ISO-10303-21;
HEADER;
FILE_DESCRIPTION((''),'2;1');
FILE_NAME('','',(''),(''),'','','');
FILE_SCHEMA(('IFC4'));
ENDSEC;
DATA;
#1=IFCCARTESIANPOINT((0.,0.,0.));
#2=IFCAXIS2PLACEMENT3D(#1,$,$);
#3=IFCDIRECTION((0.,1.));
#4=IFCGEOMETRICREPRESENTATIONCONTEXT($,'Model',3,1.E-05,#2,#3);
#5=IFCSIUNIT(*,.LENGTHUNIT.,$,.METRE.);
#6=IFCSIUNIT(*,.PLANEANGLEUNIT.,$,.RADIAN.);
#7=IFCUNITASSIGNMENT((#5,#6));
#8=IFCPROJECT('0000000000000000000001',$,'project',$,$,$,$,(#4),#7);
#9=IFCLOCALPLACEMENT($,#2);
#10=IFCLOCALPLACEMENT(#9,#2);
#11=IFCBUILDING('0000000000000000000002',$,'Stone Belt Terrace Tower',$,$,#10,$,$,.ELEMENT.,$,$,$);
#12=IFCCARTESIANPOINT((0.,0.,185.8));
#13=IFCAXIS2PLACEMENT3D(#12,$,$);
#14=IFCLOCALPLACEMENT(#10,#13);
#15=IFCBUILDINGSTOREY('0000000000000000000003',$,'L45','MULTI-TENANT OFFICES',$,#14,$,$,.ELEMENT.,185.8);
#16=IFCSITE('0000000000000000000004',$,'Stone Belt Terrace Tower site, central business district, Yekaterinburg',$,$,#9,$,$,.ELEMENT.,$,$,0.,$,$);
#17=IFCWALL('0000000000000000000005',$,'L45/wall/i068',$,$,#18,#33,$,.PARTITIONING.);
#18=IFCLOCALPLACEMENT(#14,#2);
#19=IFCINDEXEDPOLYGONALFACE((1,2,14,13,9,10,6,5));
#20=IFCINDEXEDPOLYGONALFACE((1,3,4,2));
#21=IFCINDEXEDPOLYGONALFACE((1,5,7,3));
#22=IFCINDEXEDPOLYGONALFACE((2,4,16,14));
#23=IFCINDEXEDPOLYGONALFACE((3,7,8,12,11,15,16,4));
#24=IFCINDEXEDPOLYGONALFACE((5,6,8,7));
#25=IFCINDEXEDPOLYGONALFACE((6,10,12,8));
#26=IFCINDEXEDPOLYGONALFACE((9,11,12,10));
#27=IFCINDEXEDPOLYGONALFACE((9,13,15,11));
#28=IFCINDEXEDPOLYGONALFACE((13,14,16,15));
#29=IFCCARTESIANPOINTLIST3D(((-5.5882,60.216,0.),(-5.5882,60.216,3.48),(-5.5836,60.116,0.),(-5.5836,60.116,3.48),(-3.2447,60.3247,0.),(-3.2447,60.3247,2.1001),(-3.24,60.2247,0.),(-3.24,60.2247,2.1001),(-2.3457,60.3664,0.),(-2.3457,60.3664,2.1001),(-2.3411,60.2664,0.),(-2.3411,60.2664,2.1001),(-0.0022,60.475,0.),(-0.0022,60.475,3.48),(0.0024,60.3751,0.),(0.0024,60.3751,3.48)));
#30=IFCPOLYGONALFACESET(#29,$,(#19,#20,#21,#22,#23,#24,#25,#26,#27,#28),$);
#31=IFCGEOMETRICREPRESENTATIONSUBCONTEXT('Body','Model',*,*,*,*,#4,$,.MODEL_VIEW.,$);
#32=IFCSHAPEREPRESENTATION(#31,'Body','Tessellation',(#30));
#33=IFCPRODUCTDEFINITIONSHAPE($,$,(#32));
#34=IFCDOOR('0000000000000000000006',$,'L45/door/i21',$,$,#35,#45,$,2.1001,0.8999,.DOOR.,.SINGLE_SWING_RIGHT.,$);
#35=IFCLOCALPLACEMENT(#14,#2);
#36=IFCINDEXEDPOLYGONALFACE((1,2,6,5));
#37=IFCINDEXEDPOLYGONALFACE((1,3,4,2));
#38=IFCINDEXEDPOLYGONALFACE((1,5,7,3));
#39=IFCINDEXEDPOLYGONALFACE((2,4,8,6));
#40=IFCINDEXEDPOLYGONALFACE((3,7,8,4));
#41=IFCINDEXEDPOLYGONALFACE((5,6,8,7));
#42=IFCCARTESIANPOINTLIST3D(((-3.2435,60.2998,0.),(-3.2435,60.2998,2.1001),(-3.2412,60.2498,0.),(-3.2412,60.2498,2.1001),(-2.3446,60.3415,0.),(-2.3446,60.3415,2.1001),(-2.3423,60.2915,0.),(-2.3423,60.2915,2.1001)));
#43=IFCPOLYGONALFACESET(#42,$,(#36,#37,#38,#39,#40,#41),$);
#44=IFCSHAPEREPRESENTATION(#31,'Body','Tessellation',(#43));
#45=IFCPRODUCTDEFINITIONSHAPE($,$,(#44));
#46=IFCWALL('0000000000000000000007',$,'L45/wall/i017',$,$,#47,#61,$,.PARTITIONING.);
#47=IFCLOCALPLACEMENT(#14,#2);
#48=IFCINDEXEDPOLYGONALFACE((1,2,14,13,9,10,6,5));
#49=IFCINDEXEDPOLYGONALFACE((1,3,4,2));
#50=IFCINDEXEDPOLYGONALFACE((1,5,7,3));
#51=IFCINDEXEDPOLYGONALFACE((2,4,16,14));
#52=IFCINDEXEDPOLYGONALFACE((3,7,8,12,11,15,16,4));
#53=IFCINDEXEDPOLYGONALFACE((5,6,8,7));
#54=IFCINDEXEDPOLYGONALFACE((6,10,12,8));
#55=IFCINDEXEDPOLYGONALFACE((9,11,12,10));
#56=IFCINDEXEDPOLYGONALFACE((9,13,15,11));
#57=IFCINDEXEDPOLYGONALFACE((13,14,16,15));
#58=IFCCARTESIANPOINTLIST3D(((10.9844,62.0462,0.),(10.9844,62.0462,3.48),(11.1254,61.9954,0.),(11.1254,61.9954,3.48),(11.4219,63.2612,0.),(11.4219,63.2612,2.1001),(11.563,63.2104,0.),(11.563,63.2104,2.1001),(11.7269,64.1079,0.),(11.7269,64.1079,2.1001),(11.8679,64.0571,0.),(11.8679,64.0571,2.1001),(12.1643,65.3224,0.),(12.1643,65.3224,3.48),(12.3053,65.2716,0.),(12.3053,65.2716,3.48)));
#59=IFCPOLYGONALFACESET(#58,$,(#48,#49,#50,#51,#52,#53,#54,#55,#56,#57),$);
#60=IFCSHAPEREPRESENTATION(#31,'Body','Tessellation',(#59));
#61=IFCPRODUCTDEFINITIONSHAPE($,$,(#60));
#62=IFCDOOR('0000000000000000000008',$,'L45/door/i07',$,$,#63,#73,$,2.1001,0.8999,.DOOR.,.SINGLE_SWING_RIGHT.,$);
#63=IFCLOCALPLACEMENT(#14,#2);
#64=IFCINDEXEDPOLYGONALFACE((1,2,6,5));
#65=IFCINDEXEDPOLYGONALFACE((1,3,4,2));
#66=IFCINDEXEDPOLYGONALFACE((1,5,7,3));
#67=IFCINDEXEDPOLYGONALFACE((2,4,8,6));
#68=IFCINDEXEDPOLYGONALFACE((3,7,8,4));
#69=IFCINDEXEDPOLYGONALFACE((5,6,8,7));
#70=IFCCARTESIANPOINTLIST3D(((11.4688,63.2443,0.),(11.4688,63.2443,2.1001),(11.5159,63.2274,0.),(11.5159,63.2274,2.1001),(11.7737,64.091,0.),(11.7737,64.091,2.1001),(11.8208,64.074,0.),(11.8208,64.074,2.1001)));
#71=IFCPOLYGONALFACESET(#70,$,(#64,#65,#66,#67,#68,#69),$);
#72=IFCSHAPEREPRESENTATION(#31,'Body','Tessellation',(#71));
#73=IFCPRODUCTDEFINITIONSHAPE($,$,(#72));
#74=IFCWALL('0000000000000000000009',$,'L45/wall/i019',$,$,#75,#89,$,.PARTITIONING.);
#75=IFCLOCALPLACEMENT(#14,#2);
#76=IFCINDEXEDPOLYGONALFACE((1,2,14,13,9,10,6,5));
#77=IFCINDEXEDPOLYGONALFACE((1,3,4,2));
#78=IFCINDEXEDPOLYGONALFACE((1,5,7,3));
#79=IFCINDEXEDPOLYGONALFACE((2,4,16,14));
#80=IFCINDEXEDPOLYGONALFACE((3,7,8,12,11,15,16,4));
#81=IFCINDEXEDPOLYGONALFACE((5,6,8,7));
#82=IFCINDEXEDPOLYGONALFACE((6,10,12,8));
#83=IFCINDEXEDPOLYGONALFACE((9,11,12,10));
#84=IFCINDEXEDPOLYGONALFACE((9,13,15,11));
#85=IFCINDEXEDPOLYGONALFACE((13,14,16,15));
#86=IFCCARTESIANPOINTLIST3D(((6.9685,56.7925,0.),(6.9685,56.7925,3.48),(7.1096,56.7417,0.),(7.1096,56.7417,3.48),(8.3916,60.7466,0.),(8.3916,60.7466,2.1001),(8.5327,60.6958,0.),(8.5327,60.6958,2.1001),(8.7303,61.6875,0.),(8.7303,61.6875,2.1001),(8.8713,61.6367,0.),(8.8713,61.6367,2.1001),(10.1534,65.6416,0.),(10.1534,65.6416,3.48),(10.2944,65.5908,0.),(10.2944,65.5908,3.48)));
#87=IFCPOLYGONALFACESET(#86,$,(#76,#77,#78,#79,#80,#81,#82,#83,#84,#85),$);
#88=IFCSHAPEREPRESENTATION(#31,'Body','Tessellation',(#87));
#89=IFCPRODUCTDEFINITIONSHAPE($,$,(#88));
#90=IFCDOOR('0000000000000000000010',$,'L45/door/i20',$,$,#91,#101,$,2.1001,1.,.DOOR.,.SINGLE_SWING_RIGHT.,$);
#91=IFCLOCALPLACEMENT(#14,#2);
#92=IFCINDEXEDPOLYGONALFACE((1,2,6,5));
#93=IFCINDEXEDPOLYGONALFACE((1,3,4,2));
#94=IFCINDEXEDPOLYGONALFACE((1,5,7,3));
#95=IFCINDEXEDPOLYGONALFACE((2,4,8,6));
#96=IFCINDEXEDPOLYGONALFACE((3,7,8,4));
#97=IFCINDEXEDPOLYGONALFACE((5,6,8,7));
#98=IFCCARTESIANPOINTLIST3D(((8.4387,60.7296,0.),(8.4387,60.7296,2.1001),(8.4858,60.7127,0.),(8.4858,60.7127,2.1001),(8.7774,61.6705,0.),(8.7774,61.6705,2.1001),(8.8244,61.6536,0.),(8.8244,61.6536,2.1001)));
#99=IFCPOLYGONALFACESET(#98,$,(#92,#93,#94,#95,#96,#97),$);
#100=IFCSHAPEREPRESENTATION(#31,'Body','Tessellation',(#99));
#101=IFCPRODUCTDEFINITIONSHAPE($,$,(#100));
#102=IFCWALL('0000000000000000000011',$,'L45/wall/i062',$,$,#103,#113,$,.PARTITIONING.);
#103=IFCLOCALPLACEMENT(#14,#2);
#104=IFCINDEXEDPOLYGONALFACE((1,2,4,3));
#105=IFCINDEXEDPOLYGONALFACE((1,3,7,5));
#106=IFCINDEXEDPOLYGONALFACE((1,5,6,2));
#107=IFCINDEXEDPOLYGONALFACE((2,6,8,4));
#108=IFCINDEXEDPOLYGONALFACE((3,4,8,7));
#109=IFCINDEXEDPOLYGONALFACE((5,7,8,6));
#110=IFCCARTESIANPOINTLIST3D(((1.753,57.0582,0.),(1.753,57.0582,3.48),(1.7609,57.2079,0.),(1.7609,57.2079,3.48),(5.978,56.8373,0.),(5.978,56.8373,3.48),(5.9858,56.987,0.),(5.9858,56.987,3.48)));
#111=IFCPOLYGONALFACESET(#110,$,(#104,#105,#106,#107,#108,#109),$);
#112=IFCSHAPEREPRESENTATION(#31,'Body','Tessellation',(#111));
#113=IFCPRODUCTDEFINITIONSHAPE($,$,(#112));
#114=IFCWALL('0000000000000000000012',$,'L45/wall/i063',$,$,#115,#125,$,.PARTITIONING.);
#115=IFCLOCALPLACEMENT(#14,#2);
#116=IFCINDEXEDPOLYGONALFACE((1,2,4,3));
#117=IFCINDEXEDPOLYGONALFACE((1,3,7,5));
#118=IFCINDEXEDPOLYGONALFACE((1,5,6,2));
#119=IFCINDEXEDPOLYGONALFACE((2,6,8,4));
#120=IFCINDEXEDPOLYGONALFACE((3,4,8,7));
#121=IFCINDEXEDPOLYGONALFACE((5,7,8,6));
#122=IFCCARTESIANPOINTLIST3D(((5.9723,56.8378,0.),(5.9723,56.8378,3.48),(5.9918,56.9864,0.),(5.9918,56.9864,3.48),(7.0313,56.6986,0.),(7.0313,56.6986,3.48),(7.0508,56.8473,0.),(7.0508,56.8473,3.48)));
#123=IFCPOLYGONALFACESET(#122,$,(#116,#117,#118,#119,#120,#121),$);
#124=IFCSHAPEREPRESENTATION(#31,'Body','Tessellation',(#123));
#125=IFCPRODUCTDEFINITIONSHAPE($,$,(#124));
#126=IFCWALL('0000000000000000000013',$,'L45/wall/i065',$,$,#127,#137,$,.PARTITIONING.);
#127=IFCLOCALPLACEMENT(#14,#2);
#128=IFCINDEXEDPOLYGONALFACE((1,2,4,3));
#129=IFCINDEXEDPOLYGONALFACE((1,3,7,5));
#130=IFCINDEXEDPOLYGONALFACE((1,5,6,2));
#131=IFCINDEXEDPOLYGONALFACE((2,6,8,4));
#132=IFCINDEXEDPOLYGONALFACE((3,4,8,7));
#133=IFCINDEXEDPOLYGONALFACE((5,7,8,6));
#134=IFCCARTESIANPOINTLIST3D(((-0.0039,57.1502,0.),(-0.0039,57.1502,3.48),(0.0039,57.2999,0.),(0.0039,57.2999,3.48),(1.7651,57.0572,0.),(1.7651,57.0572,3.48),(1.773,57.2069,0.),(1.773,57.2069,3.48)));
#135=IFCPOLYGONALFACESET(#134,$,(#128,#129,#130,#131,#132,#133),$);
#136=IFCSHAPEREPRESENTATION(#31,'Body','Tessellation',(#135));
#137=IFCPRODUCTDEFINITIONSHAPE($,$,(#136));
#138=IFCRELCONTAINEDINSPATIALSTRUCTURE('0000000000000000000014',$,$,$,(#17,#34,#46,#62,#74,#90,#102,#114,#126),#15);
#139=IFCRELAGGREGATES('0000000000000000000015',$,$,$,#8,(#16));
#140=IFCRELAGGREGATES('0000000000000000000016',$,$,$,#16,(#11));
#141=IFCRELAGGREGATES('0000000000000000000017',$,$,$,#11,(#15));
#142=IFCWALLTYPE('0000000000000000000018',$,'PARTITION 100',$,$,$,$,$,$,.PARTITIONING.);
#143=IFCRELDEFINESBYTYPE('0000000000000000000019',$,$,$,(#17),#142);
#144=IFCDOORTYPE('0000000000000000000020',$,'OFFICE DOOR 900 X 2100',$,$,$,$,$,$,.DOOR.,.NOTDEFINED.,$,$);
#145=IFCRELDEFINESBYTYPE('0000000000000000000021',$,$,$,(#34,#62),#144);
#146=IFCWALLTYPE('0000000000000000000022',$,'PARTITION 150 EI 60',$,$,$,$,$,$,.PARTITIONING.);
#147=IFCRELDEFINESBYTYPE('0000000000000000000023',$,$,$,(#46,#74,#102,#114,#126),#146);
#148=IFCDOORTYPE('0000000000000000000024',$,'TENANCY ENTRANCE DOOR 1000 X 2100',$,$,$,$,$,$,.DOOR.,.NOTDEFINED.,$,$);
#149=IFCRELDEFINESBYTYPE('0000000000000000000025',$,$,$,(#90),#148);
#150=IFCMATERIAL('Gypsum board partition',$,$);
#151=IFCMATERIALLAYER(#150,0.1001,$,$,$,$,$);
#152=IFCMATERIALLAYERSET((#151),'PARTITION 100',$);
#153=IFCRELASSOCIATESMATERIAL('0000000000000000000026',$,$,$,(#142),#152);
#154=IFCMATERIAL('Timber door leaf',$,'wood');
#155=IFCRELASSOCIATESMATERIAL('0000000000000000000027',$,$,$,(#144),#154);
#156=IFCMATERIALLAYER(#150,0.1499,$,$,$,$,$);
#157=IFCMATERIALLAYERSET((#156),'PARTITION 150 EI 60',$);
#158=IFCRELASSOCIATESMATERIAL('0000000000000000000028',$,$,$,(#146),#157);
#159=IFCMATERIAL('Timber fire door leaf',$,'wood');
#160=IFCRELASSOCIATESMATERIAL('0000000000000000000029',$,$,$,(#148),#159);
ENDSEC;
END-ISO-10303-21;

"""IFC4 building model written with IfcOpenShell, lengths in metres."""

from ifc_helpers import new_model, si_unit, direction, frame, frame_2d, origin, place, context, subcontext, project, spatial, rectangle, extrude, material, layer, layer_set, type_object, element, fill, save


model = new_model("IFC4")

# Units and contexts
model_context = context("Model", 3, precision=1e-05, world=origin(), true_north=direction((0.0, 1.0)))
body_context = subcontext(model_context, "Body", "Model", "MODEL_VIEW")
ifc_project = project(units=[si_unit("LENGTHUNIT", "METRE"), si_unit("PLANEANGLEUNIT", "RADIAN")], contexts=[model_context])

# Site, building, storey
site_placement = place(None, origin())
site = spatial("IfcSite", under=ifc_project, at=site_placement, Name="Stone Belt Terrace Tower site, central business district, Yekaterinburg", CompositionType="ELEMENT", RefElevation=0.0)
building_placement = place(site_placement, origin())
building = spatial("IfcBuilding", under=site, at=building_placement, Name="Stone Belt Terrace Tower", CompositionType="ELEMENT")
storey_placement = place(building_placement, frame((0.0, 0.0, 185.8)))
storey = spatial("IfcBuildingStorey", under=building, at=storey_placement, Name="L45", Description="MULTI-TENANT OFFICES", CompositionType="ELEMENT", Elevation=185.8)

# Shared definitions
ifc_material_1 = material(Name="Gypsum board partition")
ifc_layer_1 = layer(ifc_material_1, 0.1001)
ifc_layer_set_1 = layer_set([ifc_layer_1], Name="PARTITION 100")
wall_type_1 = type_object("IfcWallType", Name="PARTITION 100", PredefinedType="PARTITIONING", material=ifc_layer_set_1)

# Walls, openings, doors
wall_1_placement = place(storey_placement, frame((0.0, 60.425, 0.0), z_axis=(0.0, 0.0, 1.0), x_axis=(-0.998927, -0.046323, 0.0)))
wall_1 = element("IfcWall", 1, at=wall_1_placement, inside=storey, type_object=wall_type_1, Name="L45/wall/i068", PredefinedType="PARTITIONING", context=body_context, shape_type="SweptSolid", body=[
    extrude(rectangle(XDim=5.592, YDim=0.1001, at=frame_2d((2.7959, 0.0))), origin(), (0.0, 0.0, 1.0), 3.48),
])
opening_1_placement = place(wall_1_placement, frame((2.3459, 0.0, 0.0)))
opening_1 = element("IfcOpeningElement", 2, at=opening_1_placement, cuts=wall_1, PredefinedType="OPENING", context=body_context, shape_type="SweptSolid", body=[
    extrude(rectangle(XDim=0.8999, YDim=2.1001, at=frame_2d((0.45, 1.05))), frame((0.0, 0.0601, 0.0), z_axis=(0.0, -1.0, 0.0), x_axis=(1.0, 0.0, 0.0)), (0.0, 0.0, 1.0), 0.1201),
])
ifc_material_2 = material(Name="Timber door leaf", Category="wood")
door_type_1 = type_object("IfcDoorType", Name="OFFICE DOOR 900 X 2100", OperationType="NOTDEFINED", PredefinedType="DOOR", material=ifc_material_2)
door_1_placement = place(opening_1_placement, origin())
door_1 = element("IfcDoor", 3, at=door_1_placement, inside=storey, type_object=door_type_1, Name="L45/door/i21", OperationType="SINGLE_SWING_RIGHT", OverallHeight=2.1001, OverallWidth=0.8999, PredefinedType="DOOR", context=body_context, shape_type="SweptSolid", body=[
    extrude(rectangle(XDim=0.8999, YDim=2.1001, at=frame_2d((0.45, 1.05))), frame((0.0, 0.0249, 0.0), z_axis=(0.0, -1.0, 0.0), x_axis=(1.0, 0.0, 0.0)), (0.0, 0.0, 1.0), 0.05),
])
fill(opening_1, door_1)
ifc_layer_2 = layer(ifc_material_1, 0.1499)
ifc_layer_set_2 = layer_set([ifc_layer_2], Name="PARTITION 150 EI 60")
wall_type_2 = type_object("IfcWallType", Name="PARTITION 150 EI 60", PredefinedType="PARTITIONING", material=ifc_layer_set_2)
wall_2_placement = place(storey_placement, frame((12.2349, 65.2971, 0.0), z_axis=(0.0, 0.0, 1.0), x_axis=(-0.338854, -0.940839, 0.0)))
wall_2 = element("IfcWall", 4, at=wall_2_placement, inside=storey, type_object=wall_type_2, Name="L45/wall/i017", PredefinedType="PARTITIONING", context=body_context, shape_type="SweptSolid", body=[
    extrude(rectangle(XDim=3.4822, YDim=0.1499, at=frame_2d((1.7412, 0.0))), origin(), (0.0, 0.0, 1.0), 3.48),
])
opening_2_placement = place(wall_2_placement, frame((1.291, 0.0, 0.0)))
opening_2 = element("IfcOpeningElement", 5, at=opening_2_placement, cuts=wall_2, PredefinedType="OPENING", context=body_context, shape_type="SweptSolid", body=[
    extrude(rectangle(XDim=0.8999, YDim=2.1001, at=frame_2d((0.45, 1.05))), frame((0.0, 0.085, 0.0), z_axis=(0.0, -1.0, 0.0), x_axis=(1.0, 0.0, 0.0)), (0.0, 0.0, 1.0), 0.1699),
])
door_2_placement = place(opening_2_placement, origin())
door_2 = element("IfcDoor", 6, at=door_2_placement, inside=storey, type_object=door_type_1, Name="L45/door/i07", OperationType="SINGLE_SWING_RIGHT", OverallHeight=2.1001, OverallWidth=0.8999, PredefinedType="DOOR", context=body_context, shape_type="SweptSolid", body=[
    extrude(rectangle(XDim=0.8999, YDim=2.1001, at=frame_2d((0.45, 1.05))), frame((0.0, 0.0249, 0.0), z_axis=(0.0, -1.0, 0.0), x_axis=(1.0, 0.0, 0.0)), (0.0, 0.0, 1.0), 0.05),
])
fill(opening_2, door_2)
wall_3_placement = place(storey_placement, frame((7.0391, 56.7671, 0.0), z_axis=(0.0, 0.0, 1.0), x_axis=(0.338638, 0.940917, 0.0)))
wall_3 = element("IfcWall", 7, at=wall_3_placement, inside=storey, type_object=wall_type_2, Name="L45/wall/i019", PredefinedType="PARTITIONING", context=body_context, shape_type="SweptSolid", body=[
    extrude(rectangle(XDim=9.4048, YDim=0.1499, at=frame_2d((4.7024, 0.0))), origin(), (0.0, 0.0, 1.0), 3.48),
])
opening_3_placement = place(wall_3_placement, frame((4.2024, 0.0, 0.0)))
opening_3 = element("IfcOpeningElement", 8, at=opening_3_placement, cuts=wall_3, PredefinedType="OPENING", context=body_context, shape_type="SweptSolid", body=[
    extrude(rectangle(XDim=1.0, YDim=2.1001, at=frame_2d((0.5, 1.05))), frame((0.0, 0.085, 0.0), z_axis=(0.0, -1.0, 0.0), x_axis=(1.0, 0.0, 0.0)), (0.0, 0.0, 1.0), 0.1699),
])
ifc_material_3 = material(Name="Timber fire door leaf", Category="wood")
door_type_2 = type_object("IfcDoorType", Name="TENANCY ENTRANCE DOOR 1000 X 2100", OperationType="NOTDEFINED", PredefinedType="DOOR", material=ifc_material_3)
door_3_placement = place(opening_3_placement, origin())
door_3 = element("IfcDoor", 9, at=door_3_placement, inside=storey, type_object=door_type_2, Name="L45/door/i20", OperationType="SINGLE_SWING_RIGHT", OverallHeight=2.1001, OverallWidth=1.0, PredefinedType="DOOR", context=body_context, shape_type="SweptSolid", body=[
    extrude(rectangle(XDim=1.0, YDim=2.1001, at=frame_2d((0.5, 1.05))), frame((0.0, 0.0249, 0.0), z_axis=(0.0, -1.0, 0.0), x_axis=(1.0, 0.0, 0.0)), (0.0, 0.0, 1.0), 0.05),
])
fill(opening_3, door_3)

# Walls
wall_4_placement = place(storey_placement, frame((1.7571, 57.1331, 0.0), z_axis=(0.0, 0.0, 1.0), x_axis=(0.998635, -0.052226, 0.0)))
element("IfcWall", 10, at=wall_4_placement, inside=storey, type_object=wall_type_2, Name="L45/wall/i062", PredefinedType="PARTITIONING", context=body_context, shape_type="SweptSolid", body=[
    extrude(rectangle(XDim=4.2307, YDim=0.1499, at=frame_2d((2.1152, 0.0))), origin(), (0.0, 0.0, 1.0), 3.48),
])
wall_5_placement = place(storey_placement, frame((5.9819, 56.9121, 0.0), z_axis=(0.0, 0.0, 1.0), x_axis=(0.991478, -0.130277, 0.0)))
element("IfcWall", 11, at=wall_5_placement, inside=storey, type_object=wall_type_2, Name="L45/wall/i063", PredefinedType="PARTITIONING", context=body_context, shape_type="SweptSolid", body=[
    extrude(rectangle(XDim=1.0681, YDim=0.1499, at=frame_2d((0.5342, 0.0))), origin(), (0.0, 0.0, 1.0), 3.48),
])
wall_6_placement = place(storey_placement, frame((0.0, 57.2251, 0.0), z_axis=(0.0, 0.0, 1.0), x_axis=(0.99862, -0.052508, 0.0)))
element("IfcWall", 12, at=wall_6_placement, inside=storey, type_object=wall_type_2, Name="L45/wall/i065", PredefinedType="PARTITIONING", context=body_context, shape_type="SweptSolid", body=[
    extrude(rectangle(XDim=1.7715, YDim=0.1499, at=frame_2d((0.8857, 0.0))), origin(), (0.0, 0.0, 1.0), 3.48),
])

save(model, "model.ifc")
